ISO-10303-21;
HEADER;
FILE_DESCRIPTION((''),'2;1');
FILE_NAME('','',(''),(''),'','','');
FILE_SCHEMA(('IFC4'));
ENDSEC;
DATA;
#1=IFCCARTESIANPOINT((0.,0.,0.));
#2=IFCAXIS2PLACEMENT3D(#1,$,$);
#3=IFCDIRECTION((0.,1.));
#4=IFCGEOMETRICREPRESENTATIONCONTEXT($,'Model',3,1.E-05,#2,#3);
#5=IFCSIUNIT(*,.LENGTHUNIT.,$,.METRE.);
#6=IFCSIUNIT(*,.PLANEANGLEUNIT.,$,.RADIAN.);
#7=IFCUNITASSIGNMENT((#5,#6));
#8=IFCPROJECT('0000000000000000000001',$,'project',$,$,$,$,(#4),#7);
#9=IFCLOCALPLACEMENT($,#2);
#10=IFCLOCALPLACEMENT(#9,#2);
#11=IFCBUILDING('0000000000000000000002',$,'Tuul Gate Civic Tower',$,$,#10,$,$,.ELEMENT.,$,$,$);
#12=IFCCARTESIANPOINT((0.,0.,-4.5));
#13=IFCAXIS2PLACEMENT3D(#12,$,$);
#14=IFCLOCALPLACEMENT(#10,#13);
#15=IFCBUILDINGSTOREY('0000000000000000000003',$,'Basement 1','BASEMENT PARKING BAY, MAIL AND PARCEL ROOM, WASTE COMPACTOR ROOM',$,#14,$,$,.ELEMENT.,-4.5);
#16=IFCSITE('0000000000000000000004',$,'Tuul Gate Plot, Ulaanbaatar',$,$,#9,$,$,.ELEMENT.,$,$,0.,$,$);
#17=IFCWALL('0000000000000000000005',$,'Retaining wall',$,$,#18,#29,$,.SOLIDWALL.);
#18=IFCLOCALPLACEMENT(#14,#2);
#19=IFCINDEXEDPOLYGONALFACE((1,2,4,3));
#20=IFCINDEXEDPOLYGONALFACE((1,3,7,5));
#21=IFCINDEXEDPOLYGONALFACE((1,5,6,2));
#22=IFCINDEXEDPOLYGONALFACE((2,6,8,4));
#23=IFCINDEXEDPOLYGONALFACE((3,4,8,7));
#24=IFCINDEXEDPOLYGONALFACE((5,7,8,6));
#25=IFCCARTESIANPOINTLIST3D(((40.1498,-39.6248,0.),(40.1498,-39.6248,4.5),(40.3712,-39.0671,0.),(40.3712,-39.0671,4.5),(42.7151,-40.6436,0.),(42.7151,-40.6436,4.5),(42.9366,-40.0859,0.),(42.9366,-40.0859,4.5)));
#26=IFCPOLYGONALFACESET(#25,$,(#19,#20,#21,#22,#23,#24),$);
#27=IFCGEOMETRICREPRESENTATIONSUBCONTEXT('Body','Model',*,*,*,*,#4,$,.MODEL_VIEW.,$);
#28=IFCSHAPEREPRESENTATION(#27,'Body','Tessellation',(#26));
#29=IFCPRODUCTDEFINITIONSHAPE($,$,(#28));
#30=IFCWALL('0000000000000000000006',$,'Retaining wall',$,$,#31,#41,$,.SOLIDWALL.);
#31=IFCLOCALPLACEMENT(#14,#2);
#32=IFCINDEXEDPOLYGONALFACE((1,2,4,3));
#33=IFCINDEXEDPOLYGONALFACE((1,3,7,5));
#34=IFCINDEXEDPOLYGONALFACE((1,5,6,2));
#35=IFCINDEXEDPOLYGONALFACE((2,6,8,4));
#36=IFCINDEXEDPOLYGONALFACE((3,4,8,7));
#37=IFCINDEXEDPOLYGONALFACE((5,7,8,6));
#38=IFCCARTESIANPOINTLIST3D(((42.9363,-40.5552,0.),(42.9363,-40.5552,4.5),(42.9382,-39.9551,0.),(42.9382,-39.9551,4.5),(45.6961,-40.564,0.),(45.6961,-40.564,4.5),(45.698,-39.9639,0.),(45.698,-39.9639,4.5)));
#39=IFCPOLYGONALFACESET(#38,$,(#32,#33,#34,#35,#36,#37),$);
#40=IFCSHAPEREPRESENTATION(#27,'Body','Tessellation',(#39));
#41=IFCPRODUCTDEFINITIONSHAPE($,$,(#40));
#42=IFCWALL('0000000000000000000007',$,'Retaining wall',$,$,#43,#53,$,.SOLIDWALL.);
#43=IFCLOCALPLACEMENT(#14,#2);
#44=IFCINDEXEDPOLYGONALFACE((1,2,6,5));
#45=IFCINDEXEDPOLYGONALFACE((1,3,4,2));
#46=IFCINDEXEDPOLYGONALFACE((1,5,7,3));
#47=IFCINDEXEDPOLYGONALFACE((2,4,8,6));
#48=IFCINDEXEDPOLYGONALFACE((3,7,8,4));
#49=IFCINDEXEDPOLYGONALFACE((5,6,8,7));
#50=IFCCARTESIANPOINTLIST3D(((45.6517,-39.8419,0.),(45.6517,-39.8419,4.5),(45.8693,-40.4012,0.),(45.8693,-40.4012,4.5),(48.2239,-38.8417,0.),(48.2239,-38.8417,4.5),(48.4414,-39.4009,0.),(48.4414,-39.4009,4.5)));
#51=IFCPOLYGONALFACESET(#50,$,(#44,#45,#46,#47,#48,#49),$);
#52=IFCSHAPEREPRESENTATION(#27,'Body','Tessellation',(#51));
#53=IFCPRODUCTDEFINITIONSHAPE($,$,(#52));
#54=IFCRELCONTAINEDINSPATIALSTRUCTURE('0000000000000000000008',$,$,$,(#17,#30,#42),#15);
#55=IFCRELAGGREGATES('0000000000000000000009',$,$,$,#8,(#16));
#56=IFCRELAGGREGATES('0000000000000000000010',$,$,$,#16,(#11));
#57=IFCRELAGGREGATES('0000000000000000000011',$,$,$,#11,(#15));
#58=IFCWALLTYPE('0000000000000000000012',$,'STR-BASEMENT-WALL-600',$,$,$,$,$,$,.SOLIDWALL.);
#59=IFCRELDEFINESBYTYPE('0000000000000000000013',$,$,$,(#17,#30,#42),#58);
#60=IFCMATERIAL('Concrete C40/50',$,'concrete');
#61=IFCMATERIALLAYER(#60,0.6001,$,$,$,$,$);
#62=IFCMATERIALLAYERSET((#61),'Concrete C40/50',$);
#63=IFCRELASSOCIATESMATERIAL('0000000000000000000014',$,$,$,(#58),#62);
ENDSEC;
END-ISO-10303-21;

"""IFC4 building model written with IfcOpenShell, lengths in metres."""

from ifc_helpers import new_model, si_unit, direction, frame, frame_2d, origin, place, context, subcontext, project, spatial, rectangle, extrude, material, layer, layer_set, type_object, element, save


model = new_model("IFC4")

# Units and contexts
model_context = context("Model", 3, precision=1e-05, world=origin(), true_north=direction((0.0, 1.0)))
body_context = subcontext(model_context, "Body", "Model", "MODEL_VIEW")
ifc_project = project(units=[si_unit("LENGTHUNIT", "METRE"), si_unit("PLANEANGLEUNIT", "RADIAN")], contexts=[model_context])

# Site, building, storey
site_placement = place(None, origin())
site = spatial("IfcSite", under=ifc_project, at=site_placement, Name="Tuul Gate Plot, Ulaanbaatar", CompositionType="ELEMENT", RefElevation=0.0)
building_placement = place(site_placement, origin())
building = spatial("IfcBuilding", under=site, at=building_placement, Name="Tuul Gate Civic Tower", CompositionType="ELEMENT")
storey_placement = place(building_placement, frame((0.0, 0.0, -4.5)))
storey = spatial("IfcBuildingStorey", under=building, at=storey_placement, Name="Basement 1", Description="BASEMENT PARKING BAY, MAIL AND PARCEL ROOM, WASTE COMPACTOR ROOM", CompositionType="ELEMENT", Elevation=-4.5)

# Walls
ifc_material_1 = material(Name="Concrete C40/50", Category="concrete")
ifc_layer_1 = layer(ifc_material_1, 0.6001)
ifc_layer_set_1 = layer_set([ifc_layer_1], Name="Concrete C40/50")
wall_type_1 = type_object("IfcWallType", Name="STR-BASEMENT-WALL-600", PredefinedType="SOLIDWALL", material=ifc_layer_set_1)
wall_1_placement = place(storey_placement, frame((40.2605, -39.3459, 0.0), z_axis=(0.0, 0.0, 1.0), x_axis=(0.929395, -0.369087, 0.0)))
element("IfcWall", 1, at=wall_1_placement, inside=storey, type_object=wall_type_1, Name="Retaining wall", PredefinedType="SOLIDWALL", context=body_context, shape_type="SweptSolid", body=[
    extrude(rectangle(XDim=2.7603, YDim=0.6001, at=frame_2d((1.3801, 0.0))), origin(), (0.0, 0.0, 1.0), 4.5),
])
for number, where, z_axis, x_axis, name in (
    (2, (42.9373, -40.2551, 0.0), (0.0, 0.0, 1.0), (0.999995, -0.003185, 0.0), "Retaining wall"),
    (3, (45.7605, -40.1216, 0.0), (0.0, 0.0, 1.0), (0.932003, 0.362451, 0.0), "Retaining wall"),
):
    element("IfcWall", number, at=place(storey_placement, frame(where, z_axis=z_axis, x_axis=x_axis)), inside=storey, type_object=wall_type_1, Name=name, PredefinedType="SOLIDWALL", context=body_context, shape_type="SweptSolid", body=[
        extrude(rectangle(XDim=2.7598, YDim=0.6001, at=frame_2d((1.3799, 0.0))), origin(), (0.0, 0.0, 1.0), 4.5),
    ])

save(model, "model.ifc")
